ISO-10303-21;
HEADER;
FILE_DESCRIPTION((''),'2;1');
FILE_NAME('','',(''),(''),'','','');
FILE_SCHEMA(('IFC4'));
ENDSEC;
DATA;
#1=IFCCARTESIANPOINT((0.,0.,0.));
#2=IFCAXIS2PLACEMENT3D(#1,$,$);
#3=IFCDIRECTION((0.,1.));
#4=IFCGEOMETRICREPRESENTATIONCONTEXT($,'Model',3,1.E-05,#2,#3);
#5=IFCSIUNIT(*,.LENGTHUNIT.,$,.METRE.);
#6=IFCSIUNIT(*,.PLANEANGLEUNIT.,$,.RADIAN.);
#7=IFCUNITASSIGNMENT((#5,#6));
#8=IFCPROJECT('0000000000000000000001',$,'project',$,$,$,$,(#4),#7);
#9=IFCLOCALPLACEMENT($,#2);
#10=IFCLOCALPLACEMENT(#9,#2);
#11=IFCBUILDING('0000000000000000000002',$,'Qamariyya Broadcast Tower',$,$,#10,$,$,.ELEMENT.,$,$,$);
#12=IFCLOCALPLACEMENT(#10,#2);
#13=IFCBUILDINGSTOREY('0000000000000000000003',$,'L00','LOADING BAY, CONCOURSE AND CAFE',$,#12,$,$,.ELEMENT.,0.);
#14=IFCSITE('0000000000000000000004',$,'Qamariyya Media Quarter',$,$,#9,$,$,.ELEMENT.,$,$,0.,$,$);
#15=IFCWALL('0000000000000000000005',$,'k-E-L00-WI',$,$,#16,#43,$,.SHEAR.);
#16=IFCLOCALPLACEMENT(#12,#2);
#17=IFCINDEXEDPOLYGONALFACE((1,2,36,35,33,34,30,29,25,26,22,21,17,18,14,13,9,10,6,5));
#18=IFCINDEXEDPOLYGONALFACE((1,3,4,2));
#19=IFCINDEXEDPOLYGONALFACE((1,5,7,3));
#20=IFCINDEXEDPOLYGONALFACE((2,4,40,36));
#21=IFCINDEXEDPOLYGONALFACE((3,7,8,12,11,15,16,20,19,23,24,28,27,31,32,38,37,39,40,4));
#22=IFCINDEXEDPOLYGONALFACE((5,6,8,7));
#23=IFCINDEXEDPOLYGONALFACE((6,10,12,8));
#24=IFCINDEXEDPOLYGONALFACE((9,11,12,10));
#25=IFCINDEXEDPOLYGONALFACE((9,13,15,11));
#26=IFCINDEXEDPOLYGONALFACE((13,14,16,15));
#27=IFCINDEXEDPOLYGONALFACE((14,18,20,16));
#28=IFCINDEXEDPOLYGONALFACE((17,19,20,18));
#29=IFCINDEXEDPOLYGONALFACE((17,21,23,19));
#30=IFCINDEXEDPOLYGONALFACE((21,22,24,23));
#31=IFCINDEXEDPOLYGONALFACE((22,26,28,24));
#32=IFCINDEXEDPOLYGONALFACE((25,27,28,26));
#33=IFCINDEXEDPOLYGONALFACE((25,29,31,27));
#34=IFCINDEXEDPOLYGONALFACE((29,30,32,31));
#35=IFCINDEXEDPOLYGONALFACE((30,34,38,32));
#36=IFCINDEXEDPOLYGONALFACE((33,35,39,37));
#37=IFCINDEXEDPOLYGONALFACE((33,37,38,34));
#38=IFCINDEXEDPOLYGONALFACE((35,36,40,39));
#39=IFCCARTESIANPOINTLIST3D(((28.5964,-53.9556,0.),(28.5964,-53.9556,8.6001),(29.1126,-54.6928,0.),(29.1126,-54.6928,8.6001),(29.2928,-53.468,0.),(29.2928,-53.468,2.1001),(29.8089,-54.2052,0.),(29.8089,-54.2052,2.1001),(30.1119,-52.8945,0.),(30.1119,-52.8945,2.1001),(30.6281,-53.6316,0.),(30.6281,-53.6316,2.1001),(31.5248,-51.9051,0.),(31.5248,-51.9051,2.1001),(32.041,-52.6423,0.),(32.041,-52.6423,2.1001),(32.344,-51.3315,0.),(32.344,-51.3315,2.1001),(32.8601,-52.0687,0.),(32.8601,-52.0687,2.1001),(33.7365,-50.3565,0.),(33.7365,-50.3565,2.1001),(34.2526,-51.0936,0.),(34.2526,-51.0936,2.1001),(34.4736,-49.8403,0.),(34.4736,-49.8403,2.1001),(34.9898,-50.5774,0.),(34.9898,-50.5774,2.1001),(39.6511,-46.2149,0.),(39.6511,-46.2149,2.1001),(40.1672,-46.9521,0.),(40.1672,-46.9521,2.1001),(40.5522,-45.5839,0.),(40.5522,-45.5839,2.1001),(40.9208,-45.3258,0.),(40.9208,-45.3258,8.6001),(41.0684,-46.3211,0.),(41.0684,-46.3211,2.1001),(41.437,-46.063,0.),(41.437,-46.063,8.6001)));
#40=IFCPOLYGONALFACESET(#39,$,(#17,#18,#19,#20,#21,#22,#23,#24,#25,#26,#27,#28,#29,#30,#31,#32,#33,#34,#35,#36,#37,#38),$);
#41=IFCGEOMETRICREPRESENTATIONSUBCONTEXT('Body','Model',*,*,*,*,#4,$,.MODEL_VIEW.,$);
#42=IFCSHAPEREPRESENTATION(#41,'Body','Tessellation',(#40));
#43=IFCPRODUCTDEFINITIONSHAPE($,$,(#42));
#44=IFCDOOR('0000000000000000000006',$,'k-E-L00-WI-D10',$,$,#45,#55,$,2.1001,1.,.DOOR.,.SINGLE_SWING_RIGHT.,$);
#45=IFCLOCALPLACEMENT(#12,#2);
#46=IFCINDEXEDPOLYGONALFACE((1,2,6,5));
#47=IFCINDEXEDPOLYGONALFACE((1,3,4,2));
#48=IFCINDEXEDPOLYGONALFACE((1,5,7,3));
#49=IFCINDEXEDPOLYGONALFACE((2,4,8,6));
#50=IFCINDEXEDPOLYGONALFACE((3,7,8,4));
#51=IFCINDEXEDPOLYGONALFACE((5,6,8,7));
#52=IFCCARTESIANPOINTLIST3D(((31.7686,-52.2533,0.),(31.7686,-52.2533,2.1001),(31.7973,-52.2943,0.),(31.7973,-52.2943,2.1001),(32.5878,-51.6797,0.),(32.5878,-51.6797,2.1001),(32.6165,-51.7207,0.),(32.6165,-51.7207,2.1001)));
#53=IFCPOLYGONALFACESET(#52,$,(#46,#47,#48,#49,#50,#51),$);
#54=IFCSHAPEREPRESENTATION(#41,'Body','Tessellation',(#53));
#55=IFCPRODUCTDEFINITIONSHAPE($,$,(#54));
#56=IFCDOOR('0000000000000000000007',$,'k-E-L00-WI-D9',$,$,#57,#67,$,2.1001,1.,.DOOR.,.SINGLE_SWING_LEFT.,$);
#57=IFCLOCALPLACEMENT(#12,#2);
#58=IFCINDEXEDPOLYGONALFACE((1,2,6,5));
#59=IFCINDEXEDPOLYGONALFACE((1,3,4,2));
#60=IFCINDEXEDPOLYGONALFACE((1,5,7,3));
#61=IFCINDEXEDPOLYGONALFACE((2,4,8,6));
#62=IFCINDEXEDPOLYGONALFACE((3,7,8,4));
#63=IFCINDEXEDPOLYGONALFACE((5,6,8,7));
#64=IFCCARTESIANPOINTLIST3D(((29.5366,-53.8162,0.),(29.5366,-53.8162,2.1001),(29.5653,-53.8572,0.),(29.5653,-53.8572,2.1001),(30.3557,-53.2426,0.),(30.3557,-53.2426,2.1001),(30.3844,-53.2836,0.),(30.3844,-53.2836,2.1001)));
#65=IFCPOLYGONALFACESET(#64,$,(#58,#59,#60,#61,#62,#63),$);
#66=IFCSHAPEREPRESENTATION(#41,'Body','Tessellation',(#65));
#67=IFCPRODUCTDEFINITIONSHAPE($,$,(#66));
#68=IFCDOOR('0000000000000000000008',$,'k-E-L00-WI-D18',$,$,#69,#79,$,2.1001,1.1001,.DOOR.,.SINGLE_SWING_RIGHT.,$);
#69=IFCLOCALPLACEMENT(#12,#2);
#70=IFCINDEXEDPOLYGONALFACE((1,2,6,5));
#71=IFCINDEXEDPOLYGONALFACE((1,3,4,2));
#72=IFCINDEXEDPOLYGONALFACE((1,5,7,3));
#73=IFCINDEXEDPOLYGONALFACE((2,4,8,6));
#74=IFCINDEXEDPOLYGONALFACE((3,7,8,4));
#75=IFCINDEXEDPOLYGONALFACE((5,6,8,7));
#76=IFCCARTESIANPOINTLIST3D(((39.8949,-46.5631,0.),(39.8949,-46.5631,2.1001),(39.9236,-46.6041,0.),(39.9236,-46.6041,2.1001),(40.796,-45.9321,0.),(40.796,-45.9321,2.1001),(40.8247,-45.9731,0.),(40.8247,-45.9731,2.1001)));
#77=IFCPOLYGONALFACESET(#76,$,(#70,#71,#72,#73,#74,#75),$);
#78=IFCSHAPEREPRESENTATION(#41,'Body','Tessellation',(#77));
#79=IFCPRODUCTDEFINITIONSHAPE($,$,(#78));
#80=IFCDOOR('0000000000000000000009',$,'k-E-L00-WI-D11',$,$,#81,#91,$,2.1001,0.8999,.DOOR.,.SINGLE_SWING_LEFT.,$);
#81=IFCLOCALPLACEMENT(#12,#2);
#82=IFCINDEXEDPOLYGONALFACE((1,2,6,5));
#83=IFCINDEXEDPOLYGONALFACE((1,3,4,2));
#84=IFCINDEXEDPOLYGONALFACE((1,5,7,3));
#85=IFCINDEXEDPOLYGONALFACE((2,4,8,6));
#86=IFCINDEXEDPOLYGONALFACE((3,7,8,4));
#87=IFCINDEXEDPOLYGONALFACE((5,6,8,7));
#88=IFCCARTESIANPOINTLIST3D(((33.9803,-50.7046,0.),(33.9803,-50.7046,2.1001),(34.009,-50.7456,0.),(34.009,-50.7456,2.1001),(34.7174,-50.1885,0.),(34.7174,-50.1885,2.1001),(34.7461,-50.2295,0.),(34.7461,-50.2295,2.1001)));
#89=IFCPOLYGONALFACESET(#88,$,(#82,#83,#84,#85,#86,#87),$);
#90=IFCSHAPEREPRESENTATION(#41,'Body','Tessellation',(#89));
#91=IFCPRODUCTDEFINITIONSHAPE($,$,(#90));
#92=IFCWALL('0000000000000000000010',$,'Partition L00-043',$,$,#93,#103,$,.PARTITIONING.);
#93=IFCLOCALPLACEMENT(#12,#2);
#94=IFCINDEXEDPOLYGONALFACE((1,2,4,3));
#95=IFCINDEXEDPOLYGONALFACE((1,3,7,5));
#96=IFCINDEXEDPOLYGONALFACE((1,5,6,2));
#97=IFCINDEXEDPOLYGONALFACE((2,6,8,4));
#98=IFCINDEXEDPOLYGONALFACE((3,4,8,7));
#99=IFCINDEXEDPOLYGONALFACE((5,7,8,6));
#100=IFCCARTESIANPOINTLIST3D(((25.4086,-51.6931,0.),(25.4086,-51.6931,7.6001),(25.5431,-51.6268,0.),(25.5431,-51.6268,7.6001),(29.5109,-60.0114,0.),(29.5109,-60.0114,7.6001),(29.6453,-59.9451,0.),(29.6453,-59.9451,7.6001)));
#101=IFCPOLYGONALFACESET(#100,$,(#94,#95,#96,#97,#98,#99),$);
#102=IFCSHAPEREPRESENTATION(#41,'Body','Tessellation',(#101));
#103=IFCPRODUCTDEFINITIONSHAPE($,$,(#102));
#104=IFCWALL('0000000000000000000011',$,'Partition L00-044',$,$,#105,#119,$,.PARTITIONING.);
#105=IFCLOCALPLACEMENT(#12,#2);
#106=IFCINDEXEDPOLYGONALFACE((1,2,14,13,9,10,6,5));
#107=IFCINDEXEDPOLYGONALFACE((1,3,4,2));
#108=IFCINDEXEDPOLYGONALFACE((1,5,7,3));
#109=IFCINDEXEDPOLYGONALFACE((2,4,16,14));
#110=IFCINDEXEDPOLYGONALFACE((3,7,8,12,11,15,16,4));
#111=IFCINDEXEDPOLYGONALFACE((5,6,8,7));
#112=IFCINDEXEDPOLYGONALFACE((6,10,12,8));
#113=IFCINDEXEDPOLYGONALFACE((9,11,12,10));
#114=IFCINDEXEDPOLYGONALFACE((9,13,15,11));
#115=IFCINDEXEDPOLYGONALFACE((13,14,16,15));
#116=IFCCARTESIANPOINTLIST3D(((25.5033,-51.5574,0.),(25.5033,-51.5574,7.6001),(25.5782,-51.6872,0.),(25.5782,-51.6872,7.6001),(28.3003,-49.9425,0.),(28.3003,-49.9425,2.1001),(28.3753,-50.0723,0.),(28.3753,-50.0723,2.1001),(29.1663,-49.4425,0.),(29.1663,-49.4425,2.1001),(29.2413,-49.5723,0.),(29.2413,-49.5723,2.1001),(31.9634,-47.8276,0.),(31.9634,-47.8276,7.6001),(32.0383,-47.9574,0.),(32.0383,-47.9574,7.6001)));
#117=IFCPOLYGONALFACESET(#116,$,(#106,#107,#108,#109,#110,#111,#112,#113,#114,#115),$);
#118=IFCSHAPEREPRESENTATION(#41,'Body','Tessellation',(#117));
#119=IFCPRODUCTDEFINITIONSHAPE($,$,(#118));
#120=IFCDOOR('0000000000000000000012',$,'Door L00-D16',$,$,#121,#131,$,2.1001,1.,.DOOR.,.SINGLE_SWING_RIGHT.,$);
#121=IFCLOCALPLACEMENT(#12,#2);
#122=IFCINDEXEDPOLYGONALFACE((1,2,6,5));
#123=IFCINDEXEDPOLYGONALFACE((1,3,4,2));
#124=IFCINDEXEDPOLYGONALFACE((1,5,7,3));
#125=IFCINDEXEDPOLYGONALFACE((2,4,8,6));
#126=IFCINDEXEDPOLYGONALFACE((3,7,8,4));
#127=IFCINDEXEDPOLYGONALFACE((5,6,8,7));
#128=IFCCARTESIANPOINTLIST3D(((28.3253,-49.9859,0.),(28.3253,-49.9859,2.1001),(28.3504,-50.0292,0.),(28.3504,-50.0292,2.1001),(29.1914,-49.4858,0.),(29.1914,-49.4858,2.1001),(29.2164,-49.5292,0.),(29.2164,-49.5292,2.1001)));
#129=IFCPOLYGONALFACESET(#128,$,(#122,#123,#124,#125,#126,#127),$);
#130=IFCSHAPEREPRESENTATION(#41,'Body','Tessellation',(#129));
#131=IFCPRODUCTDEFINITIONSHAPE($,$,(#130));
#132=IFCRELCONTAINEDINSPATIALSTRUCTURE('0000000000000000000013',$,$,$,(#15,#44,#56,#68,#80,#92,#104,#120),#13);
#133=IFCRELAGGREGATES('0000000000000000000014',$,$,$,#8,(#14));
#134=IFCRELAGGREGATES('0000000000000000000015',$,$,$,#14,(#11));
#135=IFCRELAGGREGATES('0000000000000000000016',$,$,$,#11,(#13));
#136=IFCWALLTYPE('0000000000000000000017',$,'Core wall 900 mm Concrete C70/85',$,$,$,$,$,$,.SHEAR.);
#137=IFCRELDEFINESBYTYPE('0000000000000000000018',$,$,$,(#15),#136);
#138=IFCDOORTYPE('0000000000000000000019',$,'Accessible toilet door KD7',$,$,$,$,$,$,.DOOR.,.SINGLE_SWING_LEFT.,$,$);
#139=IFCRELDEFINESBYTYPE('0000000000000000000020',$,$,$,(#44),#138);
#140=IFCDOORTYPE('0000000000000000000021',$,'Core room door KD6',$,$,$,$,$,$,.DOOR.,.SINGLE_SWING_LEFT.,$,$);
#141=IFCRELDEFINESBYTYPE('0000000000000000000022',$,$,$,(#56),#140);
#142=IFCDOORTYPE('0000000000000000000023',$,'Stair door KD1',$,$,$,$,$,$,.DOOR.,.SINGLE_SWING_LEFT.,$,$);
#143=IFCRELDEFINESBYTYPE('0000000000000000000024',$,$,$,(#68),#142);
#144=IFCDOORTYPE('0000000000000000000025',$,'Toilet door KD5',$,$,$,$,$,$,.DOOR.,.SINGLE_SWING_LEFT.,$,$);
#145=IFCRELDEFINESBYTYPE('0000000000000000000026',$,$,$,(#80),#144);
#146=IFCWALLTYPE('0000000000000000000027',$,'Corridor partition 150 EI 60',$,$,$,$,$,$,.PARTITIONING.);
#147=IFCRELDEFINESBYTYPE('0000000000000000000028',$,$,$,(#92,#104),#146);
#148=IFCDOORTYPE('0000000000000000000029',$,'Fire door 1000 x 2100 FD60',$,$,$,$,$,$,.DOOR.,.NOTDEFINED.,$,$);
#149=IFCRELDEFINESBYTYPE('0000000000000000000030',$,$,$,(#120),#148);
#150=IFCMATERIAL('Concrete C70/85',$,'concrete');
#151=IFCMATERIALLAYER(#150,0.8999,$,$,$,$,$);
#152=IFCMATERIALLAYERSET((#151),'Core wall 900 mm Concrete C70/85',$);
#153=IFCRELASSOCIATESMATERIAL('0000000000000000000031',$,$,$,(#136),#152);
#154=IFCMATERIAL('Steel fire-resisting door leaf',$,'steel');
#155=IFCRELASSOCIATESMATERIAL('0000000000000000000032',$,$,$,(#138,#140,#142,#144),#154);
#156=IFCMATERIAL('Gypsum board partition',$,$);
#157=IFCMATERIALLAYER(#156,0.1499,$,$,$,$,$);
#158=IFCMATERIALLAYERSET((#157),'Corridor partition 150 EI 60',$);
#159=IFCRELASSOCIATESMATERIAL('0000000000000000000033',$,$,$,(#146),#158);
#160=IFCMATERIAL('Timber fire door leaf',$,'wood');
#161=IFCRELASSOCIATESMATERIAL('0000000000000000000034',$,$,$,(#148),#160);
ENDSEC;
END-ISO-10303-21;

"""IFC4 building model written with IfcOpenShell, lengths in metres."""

from ifc_helpers import new_model, si_unit, direction, frame, frame_2d, origin, place, context, subcontext, project, spatial, rectangle, extrude, material, layer, layer_set, type_object, element, fill, save


model = new_model("IFC4")

# Units and contexts
model_context = context("Model", 3, precision=1e-05, world=origin(), true_north=direction((0.0, 1.0)))
body_context = subcontext(model_context, "Body", "Model", "MODEL_VIEW")
ifc_project = project(units=[si_unit("LENGTHUNIT", "METRE"), si_unit("PLANEANGLEUNIT", "RADIAN")], contexts=[model_context])

# Site, building, storey
site_placement = place(None, origin())
site = spatial("IfcSite", under=ifc_project, at=site_placement, Name="Qamariyya Media Quarter", CompositionType="ELEMENT", RefElevation=0.0)
building_placement = place(site_placement, origin())
building = spatial("IfcBuilding", under=site, at=building_placement, Name="Qamariyya Broadcast Tower", CompositionType="ELEMENT")
storey_placement = place(building_placement, origin())
storey = spatial("IfcBuildingStorey", under=building, at=storey_placement, Name="L00", Description="LOADING BAY, CONCOURSE AND CAFE", CompositionType="ELEMENT", Elevation=0.0)

# Shared definitions
ifc_material_1 = material(Name="Concrete C70/85", Category="concrete")

# Wall, openings, doors
ifc_layer_1 = layer(ifc_material_1, 0.8999)
ifc_layer_set_1 = layer_set([ifc_layer_1], Name="Core wall 900 mm Concrete C70/85")
wall_type_1 = type_object("IfcWallType", Name="Core wall 900 mm Concrete C70/85", PredefinedType="SHEAR", material=ifc_layer_set_1)
wall_1_placement = place(storey_placement, frame((28.8545, -54.3242, 0.0), z_axis=(0.0, 0.0, 1.0), x_axis=(0.819146, 0.573585, 0.0)))
wall_1 = element("IfcWall", 1, at=wall_1_placement, inside=storey, type_object=wall_type_1, Name="k-E-L00-WI", PredefinedType="SHEAR", context=body_context, shape_type="SweptSolid", body=[
    extrude(rectangle(XDim=15.0454, YDim=0.8999, at=frame_2d((7.5227, 0.0))), origin(), (0.0, 0.0, 1.0), 8.6001),
])
opening_1_placement = place(wall_1_placement, frame((0.8501, 0.0, 0.0)))
opening_1 = element("IfcOpeningElement", 2, at=opening_1_placement, cuts=wall_1, PredefinedType="OPENING", context=body_context, shape_type="SweptSolid", body=[
    extrude(rectangle(XDim=1.0, YDim=2.1001, at=frame_2d((0.5, 1.05))), frame((0.0, 0.46, 0.0), z_axis=(0.0, -1.0, 0.0), x_axis=(1.0, 0.0, 0.0)), (0.0, 0.0, 1.0), 0.9199),
])
opening_2_placement = place(wall_1_placement, frame((3.575, 0.0, 0.0)))
opening_2 = element("IfcOpeningElement", 3, at=opening_2_placement, cuts=wall_1, PredefinedType="OPENING", context=body_context, shape_type="SweptSolid", body=[
    extrude(rectangle(XDim=1.0, YDim=2.1001, at=frame_2d((0.5, 1.05))), frame((0.0, 0.46, 0.0), z_axis=(0.0, -1.0, 0.0), x_axis=(1.0, 0.0, 0.0)), (0.0, 0.0, 1.0), 0.9199),
])
opening_3_placement = place(wall_1_placement, frame((6.2749, 0.0, 0.0)))
opening_3 = element("IfcOpeningElement", 4, at=opening_3_placement, cuts=wall_1, PredefinedType="OPENING", context=body_context, shape_type="SweptSolid", body=[
    extrude(rectangle(XDim=0.8999, YDim=2.1001, at=frame_2d((0.45, 1.05))), frame((0.0, 0.46, 0.0), z_axis=(0.0, -1.0, 0.0), x_axis=(1.0, 0.0, 0.0)), (0.0, 0.0, 1.0), 0.9199),
])
opening_4_placement = place(wall_1_placement, frame((13.4954, 0.0, 0.0)))
opening_4 = element("IfcOpeningElement", 5, at=opening_4_placement, cuts=wall_1, PredefinedType="OPENING", context=body_context, shape_type="SweptSolid", body=[
    extrude(rectangle(XDim=1.1001, YDim=2.1001, at=frame_2d((0.55, 1.05))), frame((0.0, 0.46, 0.0), z_axis=(0.0, -1.0, 0.0), x_axis=(1.0, 0.0, 0.0)), (0.0, 0.0, 1.0), 0.9199),
])
ifc_material_2 = material(Name="Steel fire-resisting door leaf", Category="steel")
door_type_1 = type_object("IfcDoorType", Name="Accessible toilet door KD7", OperationType="SINGLE_SWING_LEFT", PredefinedType="DOOR", material=ifc_material_2)
door_1_placement = place(opening_2_placement, origin())
door_1 = element("IfcDoor", 6, at=door_1_placement, inside=storey, type_object=door_type_1, Name="k-E-L00-WI-D10", OperationType="SINGLE_SWING_RIGHT", OverallHeight=2.1001, OverallWidth=1.0, PredefinedType="DOOR", context=body_context, shape_type="SweptSolid", body=[
    extrude(rectangle(XDim=1.0, YDim=2.1001, at=frame_2d((0.5, 1.05))), frame((0.0, 0.0249, 0.0), z_axis=(0.0, -1.0, 0.0), x_axis=(1.0, 0.0, 0.0)), (0.0, 0.0, 1.0), 0.05),
])
fill(opening_2, door_1)
door_type_2 = type_object("IfcDoorType", Name="Core room door KD6", OperationType="SINGLE_SWING_LEFT", PredefinedType="DOOR", material=ifc_material_2)
door_2_placement = place(opening_1_placement, origin())
door_2 = element("IfcDoor", 7, at=door_2_placement, inside=storey, type_object=door_type_2, Name="k-E-L00-WI-D9", OperationType="SINGLE_SWING_LEFT", OverallHeight=2.1001, OverallWidth=1.0, PredefinedType="DOOR", context=body_context, shape_type="SweptSolid", body=[
    extrude(rectangle(XDim=1.0, YDim=2.1001, at=frame_2d((0.5, 1.05))), frame((0.0, 0.0249, 0.0), z_axis=(0.0, -1.0, 0.0), x_axis=(1.0, 0.0, 0.0)), (0.0, 0.0, 1.0), 0.05),
])
fill(opening_1, door_2)
door_type_3 = type_object("IfcDoorType", Name="Stair door KD1", OperationType="SINGLE_SWING_LEFT", PredefinedType="DOOR", material=ifc_material_2)
door_3_placement = place(opening_4_placement, origin())
door_3 = element("IfcDoor", 8, at=door_3_placement, inside=storey, type_object=door_type_3, Name="k-E-L00-WI-D18", OperationType="SINGLE_SWING_RIGHT", OverallHeight=2.1001, OverallWidth=1.1001, PredefinedType="DOOR", context=body_context, shape_type="SweptSolid", body=[
    extrude(rectangle(XDim=1.1001, YDim=2.1001, at=frame_2d((0.55, 1.05))), frame((0.0, 0.0249, 0.0), z_axis=(0.0, -1.0, 0.0), x_axis=(1.0, 0.0, 0.0)), (0.0, 0.0, 1.0), 0.05),
])
fill(opening_4, door_3)
door_type_4 = type_object("IfcDoorType", Name="Toilet door KD5", OperationType="SINGLE_SWING_LEFT", PredefinedType="DOOR", material=ifc_material_2)
door_4_placement = place(opening_3_placement, origin())
door_4 = element("IfcDoor", 9, at=door_4_placement, inside=storey, type_object=door_type_4, Name="k-E-L00-WI-D11", OperationType="SINGLE_SWING_LEFT", OverallHeight=2.1001, OverallWidth=0.8999, PredefinedType="DOOR", context=body_context, shape_type="SweptSolid", body=[
    extrude(rectangle(XDim=0.8999, YDim=2.1001, at=frame_2d((0.45, 1.05))), frame((0.0, 0.0249, 0.0), z_axis=(0.0, -1.0, 0.0), x_axis=(1.0, 0.0, 0.0)), (0.0, 0.0, 1.0), 0.05),
])
fill(opening_3, door_4)

# Wall
ifc_material_3 = material(Name="Gypsum board partition")
ifc_layer_2 = layer(ifc_material_3, 0.1499)
ifc_layer_set_2 = layer_set([ifc_layer_2], Name="Corridor partition 150 EI 60")
wall_type_2 = type_object("IfcWallType", Name="Corridor partition 150 EI 60", PredefinedType="PARTITIONING", material=ifc_layer_set_2)
wall_2_placement = place(storey_placement, frame((25.4758, -51.6599, 0.0), z_axis=(0.0, 0.0, 1.0), x_axis=(0.4423, -0.896867, 0.0)))
element("IfcWall", 10, at=wall_2_placement, inside=storey, type_object=wall_type_2, Name="Partition L00-043", PredefinedType="PARTITIONING", context=body_context, shape_type="SweptSolid", body=[
    extrude(rectangle(XDim=9.2749, YDim=0.1499, at=frame_2d((4.6375, 0.0))), origin(), (0.0, 0.0, 1.0), 7.6001),
])

# Wall, opening, door
wall_3_placement = place(storey_placement, frame((25.5408, -51.6223, 0.0), z_axis=(0.0, 0.0, 1.0), x_axis=(0.866021, 0.500008, 0.0)))
wall_3 = element("IfcWall", 11, at=wall_3_placement, inside=storey, type_object=wall_type_2, Name="Partition L00-044", PredefinedType="PARTITIONING", context=body_context, shape_type="SweptSolid", body=[
    extrude(rectangle(XDim=7.4595, YDim=0.1499, at=frame_2d((3.7297, 0.0))), origin(), (0.0, 0.0, 1.0), 7.6001),
])
opening_5_placement = place(wall_3_placement, frame((3.2297, 0.0, 0.0)))
opening_5 = element("IfcOpeningElement", 12, at=opening_5_placement, cuts=wall_3, PredefinedType="OPENING", context=body_context, shape_type="SweptSolid", body=[
    extrude(rectangle(XDim=1.0, YDim=2.1001, at=frame_2d((0.5, 1.05))), frame((0.0, 0.085, 0.0), z_axis=(0.0, -1.0, 0.0), x_axis=(1.0, 0.0, 0.0)), (0.0, 0.0, 1.0), 0.1699),
])
ifc_material_4 = material(Name="Timber fire door leaf", Category="wood")
door_type_5 = type_object("IfcDoorType", Name="Fire door 1000 x 2100 FD60", OperationType="NOTDEFINED", PredefinedType="DOOR", material=ifc_material_4)
door_5_placement = place(opening_5_placement, origin())
door_5 = element("IfcDoor", 13, at=door_5_placement, inside=storey, type_object=door_type_5, Name="Door L00-D16", OperationType="SINGLE_SWING_RIGHT", OverallHeight=2.1001, OverallWidth=1.0, PredefinedType="DOOR", context=body_context, shape_type="SweptSolid", body=[
    extrude(rectangle(XDim=1.0, YDim=2.1001, at=frame_2d((0.5, 1.05))), frame((0.0, 0.0249, 0.0), z_axis=(0.0, -1.0, 0.0), x_axis=(1.0, 0.0, 0.0)), (0.0, 0.0, 1.0), 0.05),
])
fill(opening_5, door_5)

save(model, "model.ifc")
